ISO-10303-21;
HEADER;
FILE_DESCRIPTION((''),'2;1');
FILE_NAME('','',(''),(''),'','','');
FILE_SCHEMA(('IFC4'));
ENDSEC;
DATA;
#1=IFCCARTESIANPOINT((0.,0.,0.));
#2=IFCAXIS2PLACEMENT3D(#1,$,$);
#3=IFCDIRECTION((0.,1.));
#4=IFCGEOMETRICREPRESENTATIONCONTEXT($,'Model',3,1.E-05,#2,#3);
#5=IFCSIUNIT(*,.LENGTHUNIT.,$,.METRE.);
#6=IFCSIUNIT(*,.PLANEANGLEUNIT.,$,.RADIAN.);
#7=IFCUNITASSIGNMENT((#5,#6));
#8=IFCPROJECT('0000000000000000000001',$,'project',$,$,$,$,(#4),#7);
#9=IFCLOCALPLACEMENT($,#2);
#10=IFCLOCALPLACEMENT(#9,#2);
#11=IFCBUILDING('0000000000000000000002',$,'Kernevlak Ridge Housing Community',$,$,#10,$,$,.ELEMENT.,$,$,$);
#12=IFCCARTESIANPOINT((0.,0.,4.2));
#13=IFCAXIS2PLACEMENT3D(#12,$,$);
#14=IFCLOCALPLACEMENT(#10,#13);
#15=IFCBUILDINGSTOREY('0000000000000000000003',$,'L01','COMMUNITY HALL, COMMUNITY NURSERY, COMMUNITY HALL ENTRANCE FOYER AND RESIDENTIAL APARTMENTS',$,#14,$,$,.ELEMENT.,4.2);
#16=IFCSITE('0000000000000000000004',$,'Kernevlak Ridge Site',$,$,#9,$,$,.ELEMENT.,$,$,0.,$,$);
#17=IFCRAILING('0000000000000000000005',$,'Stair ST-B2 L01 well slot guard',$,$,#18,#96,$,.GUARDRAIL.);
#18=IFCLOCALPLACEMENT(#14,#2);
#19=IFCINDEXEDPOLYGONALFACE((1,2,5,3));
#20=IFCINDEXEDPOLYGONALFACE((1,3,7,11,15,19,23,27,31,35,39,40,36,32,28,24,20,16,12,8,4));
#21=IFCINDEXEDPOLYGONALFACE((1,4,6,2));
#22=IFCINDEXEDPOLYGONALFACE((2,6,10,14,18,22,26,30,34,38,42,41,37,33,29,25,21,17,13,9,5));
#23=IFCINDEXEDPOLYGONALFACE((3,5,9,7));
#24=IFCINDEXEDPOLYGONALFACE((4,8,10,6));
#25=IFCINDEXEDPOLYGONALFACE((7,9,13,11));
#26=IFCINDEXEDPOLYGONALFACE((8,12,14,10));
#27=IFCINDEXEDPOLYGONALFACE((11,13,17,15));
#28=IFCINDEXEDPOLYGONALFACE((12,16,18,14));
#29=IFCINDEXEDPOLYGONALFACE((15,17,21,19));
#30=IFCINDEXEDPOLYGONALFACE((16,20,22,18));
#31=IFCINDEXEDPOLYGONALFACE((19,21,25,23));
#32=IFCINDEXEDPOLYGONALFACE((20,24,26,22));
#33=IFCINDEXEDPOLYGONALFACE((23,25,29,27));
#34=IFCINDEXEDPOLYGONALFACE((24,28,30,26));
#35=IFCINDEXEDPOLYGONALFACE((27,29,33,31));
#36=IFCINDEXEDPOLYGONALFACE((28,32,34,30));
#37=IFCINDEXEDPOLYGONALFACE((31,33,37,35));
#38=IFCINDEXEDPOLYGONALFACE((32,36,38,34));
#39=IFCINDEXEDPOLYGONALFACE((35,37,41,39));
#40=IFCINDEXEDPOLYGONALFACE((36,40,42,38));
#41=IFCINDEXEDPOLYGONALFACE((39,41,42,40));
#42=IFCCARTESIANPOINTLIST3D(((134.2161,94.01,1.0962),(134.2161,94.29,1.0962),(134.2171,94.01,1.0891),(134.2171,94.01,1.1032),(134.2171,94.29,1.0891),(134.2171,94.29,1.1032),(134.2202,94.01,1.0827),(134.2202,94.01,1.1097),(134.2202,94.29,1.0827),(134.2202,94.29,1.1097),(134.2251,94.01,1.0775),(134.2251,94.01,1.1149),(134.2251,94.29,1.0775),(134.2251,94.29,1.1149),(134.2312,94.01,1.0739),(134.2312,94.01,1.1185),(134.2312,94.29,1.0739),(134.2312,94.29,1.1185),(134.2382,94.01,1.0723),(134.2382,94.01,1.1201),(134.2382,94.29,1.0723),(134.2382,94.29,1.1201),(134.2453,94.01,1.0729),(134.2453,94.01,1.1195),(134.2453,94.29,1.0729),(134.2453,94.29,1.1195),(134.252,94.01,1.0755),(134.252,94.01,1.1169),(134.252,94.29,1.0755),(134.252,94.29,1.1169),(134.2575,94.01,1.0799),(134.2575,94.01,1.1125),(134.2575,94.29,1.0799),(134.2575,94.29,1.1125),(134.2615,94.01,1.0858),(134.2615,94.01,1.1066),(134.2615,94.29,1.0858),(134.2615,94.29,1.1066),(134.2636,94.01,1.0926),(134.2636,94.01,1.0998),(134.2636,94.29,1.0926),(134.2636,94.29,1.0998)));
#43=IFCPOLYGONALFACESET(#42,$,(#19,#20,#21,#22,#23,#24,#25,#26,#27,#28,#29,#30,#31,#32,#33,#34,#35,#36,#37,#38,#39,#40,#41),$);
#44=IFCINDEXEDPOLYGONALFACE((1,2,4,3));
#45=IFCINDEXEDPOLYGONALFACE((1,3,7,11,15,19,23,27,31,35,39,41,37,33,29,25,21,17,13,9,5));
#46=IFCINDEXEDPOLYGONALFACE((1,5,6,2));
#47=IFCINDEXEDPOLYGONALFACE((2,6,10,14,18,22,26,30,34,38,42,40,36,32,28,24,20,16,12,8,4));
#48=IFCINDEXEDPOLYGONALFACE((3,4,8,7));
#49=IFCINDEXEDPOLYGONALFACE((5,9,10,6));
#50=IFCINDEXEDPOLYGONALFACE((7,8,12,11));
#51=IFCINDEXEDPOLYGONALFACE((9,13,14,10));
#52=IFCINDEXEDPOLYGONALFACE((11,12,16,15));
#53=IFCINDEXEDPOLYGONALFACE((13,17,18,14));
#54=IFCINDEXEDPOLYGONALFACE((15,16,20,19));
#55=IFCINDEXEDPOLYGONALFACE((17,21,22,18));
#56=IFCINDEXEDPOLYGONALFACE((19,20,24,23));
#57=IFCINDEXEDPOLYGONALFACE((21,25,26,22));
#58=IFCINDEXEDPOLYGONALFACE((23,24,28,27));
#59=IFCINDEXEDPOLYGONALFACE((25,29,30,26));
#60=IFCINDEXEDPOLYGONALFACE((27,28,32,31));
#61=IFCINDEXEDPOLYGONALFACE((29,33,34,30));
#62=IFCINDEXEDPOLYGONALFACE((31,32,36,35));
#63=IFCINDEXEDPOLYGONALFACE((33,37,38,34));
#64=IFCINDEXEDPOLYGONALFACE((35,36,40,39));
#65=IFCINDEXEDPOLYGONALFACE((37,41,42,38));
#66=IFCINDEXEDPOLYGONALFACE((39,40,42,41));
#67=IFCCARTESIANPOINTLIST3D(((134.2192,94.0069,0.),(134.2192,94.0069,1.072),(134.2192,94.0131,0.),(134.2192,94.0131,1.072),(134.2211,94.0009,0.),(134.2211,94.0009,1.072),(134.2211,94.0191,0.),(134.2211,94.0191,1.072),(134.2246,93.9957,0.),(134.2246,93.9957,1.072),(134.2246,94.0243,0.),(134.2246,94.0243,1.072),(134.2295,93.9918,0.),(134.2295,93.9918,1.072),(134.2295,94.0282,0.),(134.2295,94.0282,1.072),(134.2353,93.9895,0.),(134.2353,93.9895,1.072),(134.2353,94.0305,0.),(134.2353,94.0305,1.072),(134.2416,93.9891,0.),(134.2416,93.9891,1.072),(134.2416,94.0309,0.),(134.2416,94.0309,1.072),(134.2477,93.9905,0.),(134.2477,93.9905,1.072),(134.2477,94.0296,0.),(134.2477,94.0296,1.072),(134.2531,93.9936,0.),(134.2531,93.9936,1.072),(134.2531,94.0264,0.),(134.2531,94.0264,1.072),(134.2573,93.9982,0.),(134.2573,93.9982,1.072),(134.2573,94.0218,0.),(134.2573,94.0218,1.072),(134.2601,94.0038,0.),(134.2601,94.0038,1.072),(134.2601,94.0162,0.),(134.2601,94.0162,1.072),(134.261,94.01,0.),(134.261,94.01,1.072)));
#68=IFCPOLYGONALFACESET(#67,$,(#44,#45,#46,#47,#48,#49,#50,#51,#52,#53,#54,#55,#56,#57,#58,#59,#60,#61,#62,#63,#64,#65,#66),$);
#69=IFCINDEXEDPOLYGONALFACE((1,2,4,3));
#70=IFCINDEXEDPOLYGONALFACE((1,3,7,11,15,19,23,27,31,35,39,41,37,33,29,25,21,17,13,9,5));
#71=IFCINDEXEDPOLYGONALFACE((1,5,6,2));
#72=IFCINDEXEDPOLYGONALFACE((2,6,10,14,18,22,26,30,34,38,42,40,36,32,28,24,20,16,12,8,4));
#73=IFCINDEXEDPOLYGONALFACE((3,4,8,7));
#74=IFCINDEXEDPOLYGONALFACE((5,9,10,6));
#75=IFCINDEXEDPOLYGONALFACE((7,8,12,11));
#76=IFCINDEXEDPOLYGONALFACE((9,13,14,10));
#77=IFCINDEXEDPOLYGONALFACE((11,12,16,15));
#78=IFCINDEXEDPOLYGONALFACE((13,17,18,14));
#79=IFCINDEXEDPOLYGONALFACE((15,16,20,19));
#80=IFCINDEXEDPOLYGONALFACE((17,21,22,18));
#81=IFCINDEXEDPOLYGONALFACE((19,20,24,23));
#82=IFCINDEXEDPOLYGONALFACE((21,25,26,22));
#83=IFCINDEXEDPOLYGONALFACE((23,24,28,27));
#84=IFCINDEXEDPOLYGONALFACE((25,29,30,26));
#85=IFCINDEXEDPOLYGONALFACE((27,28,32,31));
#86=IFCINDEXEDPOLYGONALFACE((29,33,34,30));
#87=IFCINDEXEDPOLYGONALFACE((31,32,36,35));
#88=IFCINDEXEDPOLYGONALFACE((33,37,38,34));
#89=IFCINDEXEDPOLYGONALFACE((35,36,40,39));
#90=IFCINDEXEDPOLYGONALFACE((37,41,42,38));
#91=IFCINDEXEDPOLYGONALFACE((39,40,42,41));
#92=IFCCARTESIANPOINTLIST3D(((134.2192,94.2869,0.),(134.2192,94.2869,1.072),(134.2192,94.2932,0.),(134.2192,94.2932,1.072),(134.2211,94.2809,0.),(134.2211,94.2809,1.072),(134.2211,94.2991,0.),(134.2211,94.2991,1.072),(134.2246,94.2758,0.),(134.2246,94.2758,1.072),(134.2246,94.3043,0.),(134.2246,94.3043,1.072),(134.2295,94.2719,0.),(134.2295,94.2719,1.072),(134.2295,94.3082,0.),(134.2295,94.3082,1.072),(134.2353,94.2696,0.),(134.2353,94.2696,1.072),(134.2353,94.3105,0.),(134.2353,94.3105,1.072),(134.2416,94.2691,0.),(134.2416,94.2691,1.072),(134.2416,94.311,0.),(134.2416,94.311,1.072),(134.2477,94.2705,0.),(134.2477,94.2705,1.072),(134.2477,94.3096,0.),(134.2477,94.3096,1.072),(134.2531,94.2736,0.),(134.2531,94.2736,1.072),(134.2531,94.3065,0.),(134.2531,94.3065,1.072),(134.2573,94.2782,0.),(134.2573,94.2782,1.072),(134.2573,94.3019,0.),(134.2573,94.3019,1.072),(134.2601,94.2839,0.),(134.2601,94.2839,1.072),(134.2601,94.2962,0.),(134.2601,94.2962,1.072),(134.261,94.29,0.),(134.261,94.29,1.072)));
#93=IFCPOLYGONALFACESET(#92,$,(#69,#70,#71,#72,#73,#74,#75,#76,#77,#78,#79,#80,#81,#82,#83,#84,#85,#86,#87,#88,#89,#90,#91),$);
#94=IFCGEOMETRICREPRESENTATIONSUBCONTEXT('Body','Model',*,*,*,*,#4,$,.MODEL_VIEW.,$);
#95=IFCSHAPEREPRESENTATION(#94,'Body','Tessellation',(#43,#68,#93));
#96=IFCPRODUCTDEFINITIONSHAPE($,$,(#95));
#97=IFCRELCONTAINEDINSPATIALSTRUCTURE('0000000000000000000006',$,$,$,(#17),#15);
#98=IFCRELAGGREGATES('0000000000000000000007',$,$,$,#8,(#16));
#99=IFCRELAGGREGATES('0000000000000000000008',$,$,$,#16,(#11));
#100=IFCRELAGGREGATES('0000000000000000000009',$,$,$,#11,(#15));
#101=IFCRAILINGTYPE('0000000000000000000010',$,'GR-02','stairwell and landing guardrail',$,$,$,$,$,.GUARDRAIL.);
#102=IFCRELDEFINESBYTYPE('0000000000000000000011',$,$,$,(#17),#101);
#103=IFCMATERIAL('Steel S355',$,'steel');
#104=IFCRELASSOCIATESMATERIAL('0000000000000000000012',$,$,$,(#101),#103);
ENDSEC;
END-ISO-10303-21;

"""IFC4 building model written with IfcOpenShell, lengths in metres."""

from ifc_helpers import new_model, si_unit, direction, frame, origin, origin_2d, place, context, subcontext, project, spatial, circle, extrude, material, type_object, element, save


model = new_model("IFC4")

# Units and contexts
model_context = context("Model", 3, precision=1e-05, world=origin(), true_north=direction((0.0, 1.0)))
body_context = subcontext(model_context, "Body", "Model", "MODEL_VIEW")
ifc_project = project(units=[si_unit("LENGTHUNIT", "METRE"), si_unit("PLANEANGLEUNIT", "RADIAN")], contexts=[model_context])

# Site, building, storey
site_placement = place(None, origin())
site = spatial("IfcSite", under=ifc_project, at=site_placement, Name="Kernevlak Ridge Site", CompositionType="ELEMENT", RefElevation=0.0)
building_placement = place(site_placement, origin())
building = spatial("IfcBuilding", under=site, at=building_placement, Name="Kernevlak Ridge Housing Community", CompositionType="ELEMENT")
storey_placement = place(building_placement, frame((0.0, 0.0, 4.2)))
storey = spatial("IfcBuildingStorey", under=building, at=storey_placement, Name="L01", Description="COMMUNITY HALL, COMMUNITY NURSERY, COMMUNITY HALL ENTRANCE FOYER AND RESIDENTIAL APARTMENTS", CompositionType="ELEMENT", Elevation=4.2)

# Railing
ifc_material_1 = material(Name="Steel S355", Category="steel")
railing_type_1 = type_object("IfcRailingType", Name="GR-02", Description="stairwell and landing guardrail", PredefinedType="GUARDRAIL", material=ifc_material_1)
railing_1_placement = place(storey_placement, frame((134.24, 94.01, 0.0)))
element("IfcRailing", 1, at=railing_1_placement, inside=storey, type_object=railing_type_1, Name="Stair ST-B2 L01 well slot guard", PredefinedType="GUARDRAIL", context=body_context, shape_type="SweptSolid", body=[
    extrude(circle(Radius=0.0239, at=origin_2d()), frame((0.0, 0.0, 1.0962), z_axis=(0.0, 1.0, 0.0), x_axis=(-1.0, 0.0, 0.0)), (0.0, 0.0, 1.0), 0.28),
    extrude(circle(Radius=0.021, at=origin_2d()), origin(), (0.0, 0.0, 1.0), 1.072),
    extrude(circle(Radius=0.021, at=origin_2d()), frame((0.0, 0.28, 0.0)), (0.0, 0.0, 1.0), 1.072),
])

save(model, "model.ifc")
